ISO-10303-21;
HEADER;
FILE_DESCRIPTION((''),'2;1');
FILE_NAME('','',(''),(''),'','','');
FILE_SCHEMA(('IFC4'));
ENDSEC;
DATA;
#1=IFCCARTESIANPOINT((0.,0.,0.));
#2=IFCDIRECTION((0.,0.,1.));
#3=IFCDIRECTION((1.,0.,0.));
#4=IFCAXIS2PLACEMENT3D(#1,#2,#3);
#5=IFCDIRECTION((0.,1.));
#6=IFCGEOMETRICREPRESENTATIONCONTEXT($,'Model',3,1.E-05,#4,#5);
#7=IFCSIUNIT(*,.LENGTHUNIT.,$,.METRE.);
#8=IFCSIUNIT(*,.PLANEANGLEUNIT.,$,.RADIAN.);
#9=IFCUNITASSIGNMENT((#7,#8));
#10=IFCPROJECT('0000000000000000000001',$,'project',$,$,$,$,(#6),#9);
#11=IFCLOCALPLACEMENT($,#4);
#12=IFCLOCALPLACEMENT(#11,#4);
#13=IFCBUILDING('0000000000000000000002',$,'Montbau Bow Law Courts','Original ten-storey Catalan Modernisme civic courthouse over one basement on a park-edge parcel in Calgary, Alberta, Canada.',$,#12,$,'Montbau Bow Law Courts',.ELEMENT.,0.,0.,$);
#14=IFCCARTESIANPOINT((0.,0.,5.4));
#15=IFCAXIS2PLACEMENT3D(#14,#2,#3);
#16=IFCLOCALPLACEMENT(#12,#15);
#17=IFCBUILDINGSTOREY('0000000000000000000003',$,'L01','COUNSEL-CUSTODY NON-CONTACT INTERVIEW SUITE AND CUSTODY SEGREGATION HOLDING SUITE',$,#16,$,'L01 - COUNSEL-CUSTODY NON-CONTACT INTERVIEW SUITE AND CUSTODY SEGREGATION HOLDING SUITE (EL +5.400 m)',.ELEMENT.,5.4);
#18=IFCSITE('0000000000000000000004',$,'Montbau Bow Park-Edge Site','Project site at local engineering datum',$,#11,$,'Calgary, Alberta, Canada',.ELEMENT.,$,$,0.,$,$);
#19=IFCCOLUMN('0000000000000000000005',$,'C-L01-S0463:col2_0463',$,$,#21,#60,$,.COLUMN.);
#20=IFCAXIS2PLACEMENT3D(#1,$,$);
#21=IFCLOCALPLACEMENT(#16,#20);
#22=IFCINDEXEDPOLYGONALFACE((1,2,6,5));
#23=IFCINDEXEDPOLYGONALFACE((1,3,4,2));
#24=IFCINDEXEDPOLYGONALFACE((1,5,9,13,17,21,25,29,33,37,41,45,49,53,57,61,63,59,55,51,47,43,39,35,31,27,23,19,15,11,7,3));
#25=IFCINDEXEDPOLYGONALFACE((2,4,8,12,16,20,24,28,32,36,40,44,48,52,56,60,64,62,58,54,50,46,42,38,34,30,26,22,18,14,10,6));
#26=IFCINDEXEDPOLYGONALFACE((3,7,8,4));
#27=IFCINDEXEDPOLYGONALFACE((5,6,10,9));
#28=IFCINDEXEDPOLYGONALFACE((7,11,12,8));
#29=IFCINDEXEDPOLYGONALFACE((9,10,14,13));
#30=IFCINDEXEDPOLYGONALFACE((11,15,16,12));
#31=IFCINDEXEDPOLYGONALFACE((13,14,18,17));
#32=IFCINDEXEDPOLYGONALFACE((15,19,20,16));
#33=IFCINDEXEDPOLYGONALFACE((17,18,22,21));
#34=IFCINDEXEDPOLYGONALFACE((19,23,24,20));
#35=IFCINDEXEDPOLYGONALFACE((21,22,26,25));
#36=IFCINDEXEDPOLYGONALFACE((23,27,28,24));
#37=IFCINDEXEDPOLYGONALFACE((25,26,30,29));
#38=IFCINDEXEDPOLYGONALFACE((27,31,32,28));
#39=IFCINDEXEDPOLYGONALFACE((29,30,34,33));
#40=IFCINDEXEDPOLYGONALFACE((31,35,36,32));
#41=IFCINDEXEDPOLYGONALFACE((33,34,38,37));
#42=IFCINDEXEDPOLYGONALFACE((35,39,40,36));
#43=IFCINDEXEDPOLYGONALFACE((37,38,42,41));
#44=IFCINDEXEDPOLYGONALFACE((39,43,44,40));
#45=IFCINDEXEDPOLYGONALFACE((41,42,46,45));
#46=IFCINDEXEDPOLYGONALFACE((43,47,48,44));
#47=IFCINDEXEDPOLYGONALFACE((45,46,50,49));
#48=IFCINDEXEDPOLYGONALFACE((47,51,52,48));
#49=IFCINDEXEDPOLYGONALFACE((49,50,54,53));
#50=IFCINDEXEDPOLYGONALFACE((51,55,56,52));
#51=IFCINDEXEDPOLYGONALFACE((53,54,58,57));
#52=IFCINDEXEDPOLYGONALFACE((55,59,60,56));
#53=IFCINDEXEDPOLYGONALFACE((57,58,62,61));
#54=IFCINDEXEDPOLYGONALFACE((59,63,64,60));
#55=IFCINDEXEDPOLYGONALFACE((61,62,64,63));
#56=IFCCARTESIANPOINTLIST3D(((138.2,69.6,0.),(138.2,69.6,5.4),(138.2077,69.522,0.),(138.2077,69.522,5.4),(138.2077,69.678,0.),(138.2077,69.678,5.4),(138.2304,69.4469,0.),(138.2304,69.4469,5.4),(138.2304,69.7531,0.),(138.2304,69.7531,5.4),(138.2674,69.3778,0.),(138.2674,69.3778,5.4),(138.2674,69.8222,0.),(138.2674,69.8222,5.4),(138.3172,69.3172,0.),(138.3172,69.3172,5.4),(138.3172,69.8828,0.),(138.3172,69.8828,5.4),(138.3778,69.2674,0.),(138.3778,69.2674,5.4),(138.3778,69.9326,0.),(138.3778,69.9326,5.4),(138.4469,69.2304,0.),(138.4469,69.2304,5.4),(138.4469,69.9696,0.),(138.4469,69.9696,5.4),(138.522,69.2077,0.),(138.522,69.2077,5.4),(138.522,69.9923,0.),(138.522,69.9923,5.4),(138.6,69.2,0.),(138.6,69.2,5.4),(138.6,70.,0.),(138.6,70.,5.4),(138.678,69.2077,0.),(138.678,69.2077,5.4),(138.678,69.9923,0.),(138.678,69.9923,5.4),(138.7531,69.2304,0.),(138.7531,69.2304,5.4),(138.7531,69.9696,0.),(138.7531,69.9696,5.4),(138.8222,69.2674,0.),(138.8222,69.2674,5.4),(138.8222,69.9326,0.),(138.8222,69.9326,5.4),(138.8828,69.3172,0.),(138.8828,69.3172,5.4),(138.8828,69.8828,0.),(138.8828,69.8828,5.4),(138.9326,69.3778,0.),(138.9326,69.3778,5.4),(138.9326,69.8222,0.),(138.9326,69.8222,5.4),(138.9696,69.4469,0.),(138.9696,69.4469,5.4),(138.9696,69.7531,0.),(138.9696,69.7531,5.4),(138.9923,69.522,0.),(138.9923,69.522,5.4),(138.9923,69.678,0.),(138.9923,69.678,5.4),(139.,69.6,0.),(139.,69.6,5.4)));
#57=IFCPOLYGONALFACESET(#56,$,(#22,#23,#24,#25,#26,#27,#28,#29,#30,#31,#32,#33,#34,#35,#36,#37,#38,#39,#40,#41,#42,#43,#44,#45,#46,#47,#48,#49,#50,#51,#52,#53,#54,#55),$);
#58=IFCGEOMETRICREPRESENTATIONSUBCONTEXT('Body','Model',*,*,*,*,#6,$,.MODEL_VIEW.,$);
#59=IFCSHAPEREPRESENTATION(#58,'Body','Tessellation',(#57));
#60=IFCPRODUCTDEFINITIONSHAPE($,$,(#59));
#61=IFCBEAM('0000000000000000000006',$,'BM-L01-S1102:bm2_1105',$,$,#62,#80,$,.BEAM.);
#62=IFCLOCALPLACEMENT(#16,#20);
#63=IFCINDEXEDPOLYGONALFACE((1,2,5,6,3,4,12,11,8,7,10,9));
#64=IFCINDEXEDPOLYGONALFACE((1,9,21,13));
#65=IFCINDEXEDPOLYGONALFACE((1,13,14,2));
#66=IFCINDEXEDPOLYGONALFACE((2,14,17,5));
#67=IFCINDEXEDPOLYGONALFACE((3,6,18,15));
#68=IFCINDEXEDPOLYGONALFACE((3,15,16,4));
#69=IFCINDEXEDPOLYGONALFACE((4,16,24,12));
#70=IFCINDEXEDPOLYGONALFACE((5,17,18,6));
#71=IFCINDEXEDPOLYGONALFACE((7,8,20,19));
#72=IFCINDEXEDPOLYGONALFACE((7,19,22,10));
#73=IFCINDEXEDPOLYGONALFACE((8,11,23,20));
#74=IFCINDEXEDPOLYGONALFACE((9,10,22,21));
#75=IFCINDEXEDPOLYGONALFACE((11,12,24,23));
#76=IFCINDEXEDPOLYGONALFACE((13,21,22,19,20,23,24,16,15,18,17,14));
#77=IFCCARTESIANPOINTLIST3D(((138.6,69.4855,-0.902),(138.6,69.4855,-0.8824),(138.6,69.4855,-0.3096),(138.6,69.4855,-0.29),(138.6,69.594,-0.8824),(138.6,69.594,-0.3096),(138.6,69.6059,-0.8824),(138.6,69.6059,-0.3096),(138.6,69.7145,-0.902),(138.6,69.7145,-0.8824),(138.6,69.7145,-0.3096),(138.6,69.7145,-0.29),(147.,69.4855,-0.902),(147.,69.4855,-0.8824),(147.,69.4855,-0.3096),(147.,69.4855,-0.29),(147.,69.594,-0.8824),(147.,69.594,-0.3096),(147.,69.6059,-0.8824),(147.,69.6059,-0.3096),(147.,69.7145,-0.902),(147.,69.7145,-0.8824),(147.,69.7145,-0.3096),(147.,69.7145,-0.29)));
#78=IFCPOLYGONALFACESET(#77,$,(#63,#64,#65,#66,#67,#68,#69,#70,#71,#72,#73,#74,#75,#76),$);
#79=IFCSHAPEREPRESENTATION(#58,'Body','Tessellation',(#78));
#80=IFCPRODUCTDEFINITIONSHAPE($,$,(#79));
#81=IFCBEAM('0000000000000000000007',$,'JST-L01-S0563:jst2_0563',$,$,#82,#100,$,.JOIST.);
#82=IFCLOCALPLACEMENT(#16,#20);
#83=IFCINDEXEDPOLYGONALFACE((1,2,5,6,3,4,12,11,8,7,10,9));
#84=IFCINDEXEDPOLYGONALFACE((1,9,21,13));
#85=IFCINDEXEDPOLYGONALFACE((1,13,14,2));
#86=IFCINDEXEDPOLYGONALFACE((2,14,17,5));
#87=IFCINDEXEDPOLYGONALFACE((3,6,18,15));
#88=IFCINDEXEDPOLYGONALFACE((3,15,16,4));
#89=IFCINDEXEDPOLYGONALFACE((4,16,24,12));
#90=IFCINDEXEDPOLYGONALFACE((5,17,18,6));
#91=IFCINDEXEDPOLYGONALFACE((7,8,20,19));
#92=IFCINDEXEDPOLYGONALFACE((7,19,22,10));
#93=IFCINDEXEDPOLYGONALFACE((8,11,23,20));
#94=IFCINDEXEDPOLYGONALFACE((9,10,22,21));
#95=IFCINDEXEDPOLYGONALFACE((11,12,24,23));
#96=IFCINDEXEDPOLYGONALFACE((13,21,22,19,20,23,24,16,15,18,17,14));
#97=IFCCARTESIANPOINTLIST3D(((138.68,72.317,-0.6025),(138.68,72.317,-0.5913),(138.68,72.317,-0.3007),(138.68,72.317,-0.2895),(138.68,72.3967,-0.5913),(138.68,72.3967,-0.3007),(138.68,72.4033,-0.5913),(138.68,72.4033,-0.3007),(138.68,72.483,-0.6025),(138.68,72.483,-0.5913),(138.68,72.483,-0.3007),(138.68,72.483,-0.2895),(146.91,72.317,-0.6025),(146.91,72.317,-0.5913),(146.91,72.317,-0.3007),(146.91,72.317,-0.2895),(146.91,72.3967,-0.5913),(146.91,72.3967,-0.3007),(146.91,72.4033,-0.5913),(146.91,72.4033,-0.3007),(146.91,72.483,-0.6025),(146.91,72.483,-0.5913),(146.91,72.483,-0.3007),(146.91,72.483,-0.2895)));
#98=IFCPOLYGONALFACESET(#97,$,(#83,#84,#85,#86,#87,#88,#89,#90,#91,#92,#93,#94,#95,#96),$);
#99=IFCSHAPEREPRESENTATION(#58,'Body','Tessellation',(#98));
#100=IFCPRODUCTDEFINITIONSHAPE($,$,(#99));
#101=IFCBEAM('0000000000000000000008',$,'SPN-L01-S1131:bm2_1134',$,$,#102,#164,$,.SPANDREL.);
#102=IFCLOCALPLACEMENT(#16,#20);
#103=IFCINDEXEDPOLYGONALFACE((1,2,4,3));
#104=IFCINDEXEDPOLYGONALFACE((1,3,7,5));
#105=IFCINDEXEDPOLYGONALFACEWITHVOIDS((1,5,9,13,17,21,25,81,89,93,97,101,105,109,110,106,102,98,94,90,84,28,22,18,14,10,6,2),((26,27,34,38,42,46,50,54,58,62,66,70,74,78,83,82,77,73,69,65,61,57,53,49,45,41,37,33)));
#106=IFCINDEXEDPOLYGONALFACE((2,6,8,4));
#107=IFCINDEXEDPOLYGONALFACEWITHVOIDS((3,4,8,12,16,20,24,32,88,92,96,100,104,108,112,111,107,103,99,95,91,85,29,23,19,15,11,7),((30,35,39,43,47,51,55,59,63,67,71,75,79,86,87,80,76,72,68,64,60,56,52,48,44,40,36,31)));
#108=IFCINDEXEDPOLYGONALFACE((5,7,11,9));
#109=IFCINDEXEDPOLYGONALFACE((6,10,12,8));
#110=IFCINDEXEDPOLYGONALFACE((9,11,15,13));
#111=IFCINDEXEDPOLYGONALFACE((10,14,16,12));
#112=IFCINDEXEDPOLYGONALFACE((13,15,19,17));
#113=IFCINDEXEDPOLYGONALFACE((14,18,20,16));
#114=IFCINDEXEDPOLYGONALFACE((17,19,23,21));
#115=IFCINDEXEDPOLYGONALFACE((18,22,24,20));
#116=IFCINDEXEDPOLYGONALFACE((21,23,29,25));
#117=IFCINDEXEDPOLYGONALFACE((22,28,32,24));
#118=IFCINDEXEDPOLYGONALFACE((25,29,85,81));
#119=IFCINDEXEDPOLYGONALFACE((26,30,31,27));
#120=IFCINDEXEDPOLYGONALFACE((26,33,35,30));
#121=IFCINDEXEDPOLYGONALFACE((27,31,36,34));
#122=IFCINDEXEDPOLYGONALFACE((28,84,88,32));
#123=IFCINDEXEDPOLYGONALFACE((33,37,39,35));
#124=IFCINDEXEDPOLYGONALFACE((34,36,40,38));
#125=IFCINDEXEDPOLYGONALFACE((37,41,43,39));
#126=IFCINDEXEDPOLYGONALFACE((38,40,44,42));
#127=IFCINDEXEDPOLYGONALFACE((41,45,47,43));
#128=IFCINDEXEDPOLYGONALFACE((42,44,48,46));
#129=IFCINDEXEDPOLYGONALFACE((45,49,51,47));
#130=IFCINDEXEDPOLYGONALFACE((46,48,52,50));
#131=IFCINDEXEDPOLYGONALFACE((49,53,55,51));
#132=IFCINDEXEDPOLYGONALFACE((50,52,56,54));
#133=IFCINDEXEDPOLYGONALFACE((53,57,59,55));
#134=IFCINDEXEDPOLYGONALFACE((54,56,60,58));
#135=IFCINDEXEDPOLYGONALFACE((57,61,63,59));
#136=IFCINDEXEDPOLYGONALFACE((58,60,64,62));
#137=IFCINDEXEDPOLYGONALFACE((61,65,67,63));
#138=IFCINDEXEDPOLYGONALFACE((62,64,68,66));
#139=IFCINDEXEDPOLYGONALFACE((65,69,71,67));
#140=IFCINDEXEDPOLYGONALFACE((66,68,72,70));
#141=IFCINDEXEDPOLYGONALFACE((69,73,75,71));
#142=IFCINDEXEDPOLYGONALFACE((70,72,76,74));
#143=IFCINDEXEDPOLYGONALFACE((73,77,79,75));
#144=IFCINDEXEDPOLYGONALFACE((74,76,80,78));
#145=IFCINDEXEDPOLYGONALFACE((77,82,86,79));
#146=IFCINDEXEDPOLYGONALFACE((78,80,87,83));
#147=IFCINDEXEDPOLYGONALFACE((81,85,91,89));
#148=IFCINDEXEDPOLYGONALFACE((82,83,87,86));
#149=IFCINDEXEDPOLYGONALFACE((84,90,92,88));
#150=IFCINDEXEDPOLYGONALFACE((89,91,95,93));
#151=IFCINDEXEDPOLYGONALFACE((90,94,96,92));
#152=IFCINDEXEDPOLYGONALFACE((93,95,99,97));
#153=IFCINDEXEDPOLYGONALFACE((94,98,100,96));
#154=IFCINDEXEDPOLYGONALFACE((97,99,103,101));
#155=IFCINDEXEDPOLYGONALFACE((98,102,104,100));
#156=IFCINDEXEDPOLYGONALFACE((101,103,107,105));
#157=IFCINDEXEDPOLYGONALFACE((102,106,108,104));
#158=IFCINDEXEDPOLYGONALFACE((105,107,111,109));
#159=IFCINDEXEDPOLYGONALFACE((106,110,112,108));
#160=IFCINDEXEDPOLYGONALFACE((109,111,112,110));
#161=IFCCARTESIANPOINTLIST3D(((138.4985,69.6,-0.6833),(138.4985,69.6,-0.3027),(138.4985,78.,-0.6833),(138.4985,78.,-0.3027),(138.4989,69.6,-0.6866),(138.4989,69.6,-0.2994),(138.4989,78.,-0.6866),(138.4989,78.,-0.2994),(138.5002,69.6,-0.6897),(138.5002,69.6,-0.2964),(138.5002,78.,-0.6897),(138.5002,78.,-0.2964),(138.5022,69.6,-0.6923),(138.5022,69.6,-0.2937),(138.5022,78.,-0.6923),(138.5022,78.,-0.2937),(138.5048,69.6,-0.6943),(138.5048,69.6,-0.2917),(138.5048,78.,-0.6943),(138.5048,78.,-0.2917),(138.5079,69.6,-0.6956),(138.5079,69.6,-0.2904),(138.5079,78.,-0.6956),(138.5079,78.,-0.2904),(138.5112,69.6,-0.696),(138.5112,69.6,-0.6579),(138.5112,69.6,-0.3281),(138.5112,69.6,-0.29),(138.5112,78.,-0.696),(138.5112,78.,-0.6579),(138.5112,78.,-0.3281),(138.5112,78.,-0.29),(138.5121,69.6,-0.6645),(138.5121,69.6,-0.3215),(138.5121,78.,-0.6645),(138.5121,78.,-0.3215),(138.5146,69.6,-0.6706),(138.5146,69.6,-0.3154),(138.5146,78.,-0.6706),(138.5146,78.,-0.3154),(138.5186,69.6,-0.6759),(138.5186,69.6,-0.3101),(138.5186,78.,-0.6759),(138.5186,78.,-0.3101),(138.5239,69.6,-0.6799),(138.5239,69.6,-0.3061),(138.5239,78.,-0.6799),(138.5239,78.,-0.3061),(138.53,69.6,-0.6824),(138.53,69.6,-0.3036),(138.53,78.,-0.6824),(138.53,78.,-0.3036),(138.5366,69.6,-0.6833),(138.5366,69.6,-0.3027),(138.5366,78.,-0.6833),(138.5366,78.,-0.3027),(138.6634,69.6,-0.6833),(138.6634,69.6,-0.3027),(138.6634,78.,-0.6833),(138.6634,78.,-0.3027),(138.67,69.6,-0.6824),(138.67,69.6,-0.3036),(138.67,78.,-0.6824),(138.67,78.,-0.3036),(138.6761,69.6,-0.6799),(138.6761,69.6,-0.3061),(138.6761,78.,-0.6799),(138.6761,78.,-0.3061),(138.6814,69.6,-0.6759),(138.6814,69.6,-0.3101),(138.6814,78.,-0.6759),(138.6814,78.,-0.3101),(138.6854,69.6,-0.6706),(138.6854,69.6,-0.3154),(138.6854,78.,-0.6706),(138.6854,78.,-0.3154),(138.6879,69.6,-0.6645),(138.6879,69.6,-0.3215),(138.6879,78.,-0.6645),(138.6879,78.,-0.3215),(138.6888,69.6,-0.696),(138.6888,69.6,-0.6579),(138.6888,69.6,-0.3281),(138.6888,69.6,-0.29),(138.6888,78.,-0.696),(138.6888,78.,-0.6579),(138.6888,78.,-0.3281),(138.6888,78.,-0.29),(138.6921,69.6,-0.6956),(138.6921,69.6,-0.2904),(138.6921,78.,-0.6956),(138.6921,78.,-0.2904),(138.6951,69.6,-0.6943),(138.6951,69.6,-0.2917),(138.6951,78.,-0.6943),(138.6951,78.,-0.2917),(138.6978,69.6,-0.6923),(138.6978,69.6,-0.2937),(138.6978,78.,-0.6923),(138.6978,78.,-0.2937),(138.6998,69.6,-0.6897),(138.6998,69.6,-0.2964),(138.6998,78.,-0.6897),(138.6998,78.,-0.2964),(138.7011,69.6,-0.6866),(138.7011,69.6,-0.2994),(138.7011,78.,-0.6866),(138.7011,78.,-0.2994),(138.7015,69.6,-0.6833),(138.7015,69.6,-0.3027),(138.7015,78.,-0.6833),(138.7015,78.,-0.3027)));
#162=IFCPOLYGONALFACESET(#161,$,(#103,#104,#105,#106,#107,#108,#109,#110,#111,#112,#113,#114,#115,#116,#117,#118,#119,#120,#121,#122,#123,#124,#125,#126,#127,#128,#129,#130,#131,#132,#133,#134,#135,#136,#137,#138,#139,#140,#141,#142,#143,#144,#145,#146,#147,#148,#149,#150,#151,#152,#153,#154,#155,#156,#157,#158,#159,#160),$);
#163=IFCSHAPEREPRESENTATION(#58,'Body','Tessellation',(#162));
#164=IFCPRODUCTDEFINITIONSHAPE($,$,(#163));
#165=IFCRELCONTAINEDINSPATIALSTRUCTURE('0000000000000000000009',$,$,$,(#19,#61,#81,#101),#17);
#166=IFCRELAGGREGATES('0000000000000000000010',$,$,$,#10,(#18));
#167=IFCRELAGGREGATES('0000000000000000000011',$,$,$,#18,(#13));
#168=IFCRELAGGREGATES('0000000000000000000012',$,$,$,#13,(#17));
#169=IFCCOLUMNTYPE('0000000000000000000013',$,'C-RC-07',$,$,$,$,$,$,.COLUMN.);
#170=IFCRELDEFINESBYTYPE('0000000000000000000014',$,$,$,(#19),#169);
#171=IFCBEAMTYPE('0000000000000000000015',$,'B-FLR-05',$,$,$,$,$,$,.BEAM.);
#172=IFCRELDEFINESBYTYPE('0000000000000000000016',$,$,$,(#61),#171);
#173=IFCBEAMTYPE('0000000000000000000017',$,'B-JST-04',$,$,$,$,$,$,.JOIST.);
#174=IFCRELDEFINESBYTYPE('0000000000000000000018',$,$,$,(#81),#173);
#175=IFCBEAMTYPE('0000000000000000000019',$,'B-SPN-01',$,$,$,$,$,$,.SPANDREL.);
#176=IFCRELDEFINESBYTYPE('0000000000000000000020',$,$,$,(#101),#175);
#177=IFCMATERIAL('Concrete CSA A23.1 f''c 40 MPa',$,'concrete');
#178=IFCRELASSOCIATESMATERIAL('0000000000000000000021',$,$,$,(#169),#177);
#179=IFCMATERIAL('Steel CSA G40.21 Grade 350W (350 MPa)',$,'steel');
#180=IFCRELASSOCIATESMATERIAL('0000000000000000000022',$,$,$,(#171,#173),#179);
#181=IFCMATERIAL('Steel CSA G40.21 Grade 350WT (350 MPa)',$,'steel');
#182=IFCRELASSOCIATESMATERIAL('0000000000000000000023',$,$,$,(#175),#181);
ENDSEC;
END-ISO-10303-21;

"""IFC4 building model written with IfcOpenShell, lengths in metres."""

from ifc_helpers import new_model, si_unit, direction, frame, origin_with_axes, origin_2d_with_axis, place, context, subcontext, project, spatial, hollow_rectangle, circle, i_section, extrude, material, material_profile, profile_set, type_object, element, save


model = new_model("IFC4")

# Units and contexts
model_context = context("Model", 3, precision=1e-05, world=origin_with_axes(), true_north=direction((0.0, 1.0)))
body_context = subcontext(model_context, "Body", "Model", "MODEL_VIEW")
ifc_project = project(units=[si_unit("LENGTHUNIT", "METRE"), si_unit("PLANEANGLEUNIT", "RADIAN")], contexts=[model_context])

# Site, building, storey
site_placement = place(None, origin_with_axes())
site = spatial("IfcSite", under=ifc_project, at=site_placement, Name="Montbau Bow Park-Edge Site", Description="Project site at local engineering datum", LongName="Calgary, Alberta, Canada", CompositionType="ELEMENT", RefElevation=0.0)
building_placement = place(site_placement, origin_with_axes())
building = spatial("IfcBuilding", under=site, at=building_placement, Name="Montbau Bow Law Courts", Description="Original ten-storey Catalan Modernisme civic courthouse over one basement on a park-edge parcel in Calgary, Alberta, Canada.", LongName="Montbau Bow Law Courts", CompositionType="ELEMENT", ElevationOfRefHeight=0.0, ElevationOfTerrain=0.0)
storey_placement = place(building_placement, frame((0.0, 0.0, 5.4), z_axis=(0.0, 0.0, 1.0), x_axis=(1.0, 0.0, 0.0)))
storey = spatial("IfcBuildingStorey", under=building, at=storey_placement, Name="L01", Description="COUNSEL-CUSTODY NON-CONTACT INTERVIEW SUITE AND CUSTODY SEGREGATION HOLDING SUITE", LongName="L01 - COUNSEL-CUSTODY NON-CONTACT INTERVIEW SUITE AND CUSTODY SEGREGATION HOLDING SUITE (EL +5.400 m)", CompositionType="ELEMENT", Elevation=5.4)

# Column
ifc_material_1 = material(Name="Concrete CSA A23.1 f'c 40 MPa", Category="concrete")
ifc_material_profile_1 = material_profile(ifc_material_1, circle(Radius=0.4, at=origin_2d_with_axis()), Name="RC800D", Category="Main", Priority=0)
ifc_profile_set_1 = profile_set([ifc_material_profile_1], Name="Concrete CSA A23.1 f'c 40 MPa")
column_type = type_object("IfcColumnType", Name="C-RC-07", PredefinedType="COLUMN", material=ifc_profile_set_1)
column_placement = place(None, frame((138.6, 69.6, 5.4), z_axis=(0.0, 0.0, 1.0), x_axis=(1.0, 0.0, 0.0)))
element("IfcColumn", 1, at=column_placement, inside=storey, type_object=column_type, Name="C-L01-S0463:col2_0463", PredefinedType="COLUMN", context=body_context, shape_type="SweptSolid", body=[
    extrude(circle(Radius=0.4, at=origin_2d_with_axis()), origin_with_axes(), (0.0, 0.0, 1.0), 5.4),
])

# Beams
ifc_material_2 = material(Name="Steel CSA G40.21 Grade 350W (350 MPa)", Category="steel")
ifc_material_profile_2 = material_profile(ifc_material_2, i_section(OverallWidth=0.229, OverallDepth=0.612, WebThickness=0.0119, FlangeThickness=0.0196, at=origin_2d_with_axis()), Name="W610X125", Category="Main", Priority=0)
ifc_profile_set_2 = profile_set([ifc_material_profile_2], Name="Steel CSA G40.21 Grade 350W (350 MPa)")
beam_type_1 = type_object("IfcBeamType", Name="B-FLR-05", PredefinedType="BEAM", material=ifc_profile_set_2)
beam_1_placement = place(None, frame((138.6, 69.6, 4.804), z_axis=(1.0, 0.0, 0.0), x_axis=(0.0, 1.0, 0.0)))
element("IfcBeam", 2, at=beam_1_placement, inside=storey, type_object=beam_type_1, Name="BM-L01-S1102:bm2_1105", PredefinedType="BEAM", context=body_context, shape_type="SweptSolid", body=[
    extrude(i_section(OverallWidth=0.229, OverallDepth=0.612, WebThickness=0.0119, FlangeThickness=0.0196, at=origin_2d_with_axis()), origin_with_axes(), (0.0, 0.0, 1.0), 8.4),
])
ifc_material_profile_3 = material_profile(ifc_material_2, i_section(OverallWidth=0.166, OverallDepth=0.313, WebThickness=0.0066, FlangeThickness=0.0112, at=origin_2d_with_axis()), Name="W310X45", Category="Main", Priority=0)
ifc_profile_set_3 = profile_set([ifc_material_profile_3], Name="Steel CSA G40.21 Grade 350W (350 MPa)")
beam_type_2 = type_object("IfcBeamType", Name="B-JST-04", PredefinedType="JOIST", material=ifc_profile_set_3)
beam_2_placement = place(None, frame((138.68, 72.4, 4.954), z_axis=(1.0, 0.0, 0.0), x_axis=(0.0, 1.0, 0.0)))
element("IfcBeam", 3, at=beam_2_placement, inside=storey, type_object=beam_type_2, Name="JST-L01-S0563:jst2_0563", PredefinedType="JOIST", context=body_context, shape_type="SweptSolid", body=[
    extrude(i_section(OverallWidth=0.166, OverallDepth=0.313, WebThickness=0.0066, FlangeThickness=0.0112, at=origin_2d_with_axis()), origin_with_axes(), (0.0, 0.0, 1.0), 8.23),
])
ifc_material_3 = material(Name="Steel CSA G40.21 Grade 350WT (350 MPa)", Category="steel")
ifc_material_profile_4 = material_profile(ifc_material_3, hollow_rectangle(XDim=0.203, YDim=0.406, WallThickness=0.0127, InnerFilletRadius=0.0254, OuterFilletRadius=0.0127, at=origin_2d_with_axis()), Name="HSS406X203X13", Category="Main", Priority=0)
ifc_profile_set_4 = profile_set([ifc_material_profile_4], Name="Steel CSA G40.21 Grade 350WT (350 MPa)")
beam_type_3 = type_object("IfcBeamType", Name="B-SPN-01", PredefinedType="SPANDREL", material=ifc_profile_set_4)
beam_3_placement = place(None, frame((138.6, 69.6, 4.907), z_axis=(0.0, 1.0, 0.0), x_axis=(-1.0, 0.0, 0.0)))
element("IfcBeam", 4, at=beam_3_placement, inside=storey, type_object=beam_type_3, Name="SPN-L01-S1131:bm2_1134", PredefinedType="SPANDREL", context=body_context, shape_type="SweptSolid", body=[
    extrude(hollow_rectangle(XDim=0.203, YDim=0.406, WallThickness=0.0127, InnerFilletRadius=0.0254, OuterFilletRadius=0.0127, at=origin_2d_with_axis()), origin_with_axes(), (0.0, 0.0, 1.0), 8.4),
])

save(model, "model.ifc")
